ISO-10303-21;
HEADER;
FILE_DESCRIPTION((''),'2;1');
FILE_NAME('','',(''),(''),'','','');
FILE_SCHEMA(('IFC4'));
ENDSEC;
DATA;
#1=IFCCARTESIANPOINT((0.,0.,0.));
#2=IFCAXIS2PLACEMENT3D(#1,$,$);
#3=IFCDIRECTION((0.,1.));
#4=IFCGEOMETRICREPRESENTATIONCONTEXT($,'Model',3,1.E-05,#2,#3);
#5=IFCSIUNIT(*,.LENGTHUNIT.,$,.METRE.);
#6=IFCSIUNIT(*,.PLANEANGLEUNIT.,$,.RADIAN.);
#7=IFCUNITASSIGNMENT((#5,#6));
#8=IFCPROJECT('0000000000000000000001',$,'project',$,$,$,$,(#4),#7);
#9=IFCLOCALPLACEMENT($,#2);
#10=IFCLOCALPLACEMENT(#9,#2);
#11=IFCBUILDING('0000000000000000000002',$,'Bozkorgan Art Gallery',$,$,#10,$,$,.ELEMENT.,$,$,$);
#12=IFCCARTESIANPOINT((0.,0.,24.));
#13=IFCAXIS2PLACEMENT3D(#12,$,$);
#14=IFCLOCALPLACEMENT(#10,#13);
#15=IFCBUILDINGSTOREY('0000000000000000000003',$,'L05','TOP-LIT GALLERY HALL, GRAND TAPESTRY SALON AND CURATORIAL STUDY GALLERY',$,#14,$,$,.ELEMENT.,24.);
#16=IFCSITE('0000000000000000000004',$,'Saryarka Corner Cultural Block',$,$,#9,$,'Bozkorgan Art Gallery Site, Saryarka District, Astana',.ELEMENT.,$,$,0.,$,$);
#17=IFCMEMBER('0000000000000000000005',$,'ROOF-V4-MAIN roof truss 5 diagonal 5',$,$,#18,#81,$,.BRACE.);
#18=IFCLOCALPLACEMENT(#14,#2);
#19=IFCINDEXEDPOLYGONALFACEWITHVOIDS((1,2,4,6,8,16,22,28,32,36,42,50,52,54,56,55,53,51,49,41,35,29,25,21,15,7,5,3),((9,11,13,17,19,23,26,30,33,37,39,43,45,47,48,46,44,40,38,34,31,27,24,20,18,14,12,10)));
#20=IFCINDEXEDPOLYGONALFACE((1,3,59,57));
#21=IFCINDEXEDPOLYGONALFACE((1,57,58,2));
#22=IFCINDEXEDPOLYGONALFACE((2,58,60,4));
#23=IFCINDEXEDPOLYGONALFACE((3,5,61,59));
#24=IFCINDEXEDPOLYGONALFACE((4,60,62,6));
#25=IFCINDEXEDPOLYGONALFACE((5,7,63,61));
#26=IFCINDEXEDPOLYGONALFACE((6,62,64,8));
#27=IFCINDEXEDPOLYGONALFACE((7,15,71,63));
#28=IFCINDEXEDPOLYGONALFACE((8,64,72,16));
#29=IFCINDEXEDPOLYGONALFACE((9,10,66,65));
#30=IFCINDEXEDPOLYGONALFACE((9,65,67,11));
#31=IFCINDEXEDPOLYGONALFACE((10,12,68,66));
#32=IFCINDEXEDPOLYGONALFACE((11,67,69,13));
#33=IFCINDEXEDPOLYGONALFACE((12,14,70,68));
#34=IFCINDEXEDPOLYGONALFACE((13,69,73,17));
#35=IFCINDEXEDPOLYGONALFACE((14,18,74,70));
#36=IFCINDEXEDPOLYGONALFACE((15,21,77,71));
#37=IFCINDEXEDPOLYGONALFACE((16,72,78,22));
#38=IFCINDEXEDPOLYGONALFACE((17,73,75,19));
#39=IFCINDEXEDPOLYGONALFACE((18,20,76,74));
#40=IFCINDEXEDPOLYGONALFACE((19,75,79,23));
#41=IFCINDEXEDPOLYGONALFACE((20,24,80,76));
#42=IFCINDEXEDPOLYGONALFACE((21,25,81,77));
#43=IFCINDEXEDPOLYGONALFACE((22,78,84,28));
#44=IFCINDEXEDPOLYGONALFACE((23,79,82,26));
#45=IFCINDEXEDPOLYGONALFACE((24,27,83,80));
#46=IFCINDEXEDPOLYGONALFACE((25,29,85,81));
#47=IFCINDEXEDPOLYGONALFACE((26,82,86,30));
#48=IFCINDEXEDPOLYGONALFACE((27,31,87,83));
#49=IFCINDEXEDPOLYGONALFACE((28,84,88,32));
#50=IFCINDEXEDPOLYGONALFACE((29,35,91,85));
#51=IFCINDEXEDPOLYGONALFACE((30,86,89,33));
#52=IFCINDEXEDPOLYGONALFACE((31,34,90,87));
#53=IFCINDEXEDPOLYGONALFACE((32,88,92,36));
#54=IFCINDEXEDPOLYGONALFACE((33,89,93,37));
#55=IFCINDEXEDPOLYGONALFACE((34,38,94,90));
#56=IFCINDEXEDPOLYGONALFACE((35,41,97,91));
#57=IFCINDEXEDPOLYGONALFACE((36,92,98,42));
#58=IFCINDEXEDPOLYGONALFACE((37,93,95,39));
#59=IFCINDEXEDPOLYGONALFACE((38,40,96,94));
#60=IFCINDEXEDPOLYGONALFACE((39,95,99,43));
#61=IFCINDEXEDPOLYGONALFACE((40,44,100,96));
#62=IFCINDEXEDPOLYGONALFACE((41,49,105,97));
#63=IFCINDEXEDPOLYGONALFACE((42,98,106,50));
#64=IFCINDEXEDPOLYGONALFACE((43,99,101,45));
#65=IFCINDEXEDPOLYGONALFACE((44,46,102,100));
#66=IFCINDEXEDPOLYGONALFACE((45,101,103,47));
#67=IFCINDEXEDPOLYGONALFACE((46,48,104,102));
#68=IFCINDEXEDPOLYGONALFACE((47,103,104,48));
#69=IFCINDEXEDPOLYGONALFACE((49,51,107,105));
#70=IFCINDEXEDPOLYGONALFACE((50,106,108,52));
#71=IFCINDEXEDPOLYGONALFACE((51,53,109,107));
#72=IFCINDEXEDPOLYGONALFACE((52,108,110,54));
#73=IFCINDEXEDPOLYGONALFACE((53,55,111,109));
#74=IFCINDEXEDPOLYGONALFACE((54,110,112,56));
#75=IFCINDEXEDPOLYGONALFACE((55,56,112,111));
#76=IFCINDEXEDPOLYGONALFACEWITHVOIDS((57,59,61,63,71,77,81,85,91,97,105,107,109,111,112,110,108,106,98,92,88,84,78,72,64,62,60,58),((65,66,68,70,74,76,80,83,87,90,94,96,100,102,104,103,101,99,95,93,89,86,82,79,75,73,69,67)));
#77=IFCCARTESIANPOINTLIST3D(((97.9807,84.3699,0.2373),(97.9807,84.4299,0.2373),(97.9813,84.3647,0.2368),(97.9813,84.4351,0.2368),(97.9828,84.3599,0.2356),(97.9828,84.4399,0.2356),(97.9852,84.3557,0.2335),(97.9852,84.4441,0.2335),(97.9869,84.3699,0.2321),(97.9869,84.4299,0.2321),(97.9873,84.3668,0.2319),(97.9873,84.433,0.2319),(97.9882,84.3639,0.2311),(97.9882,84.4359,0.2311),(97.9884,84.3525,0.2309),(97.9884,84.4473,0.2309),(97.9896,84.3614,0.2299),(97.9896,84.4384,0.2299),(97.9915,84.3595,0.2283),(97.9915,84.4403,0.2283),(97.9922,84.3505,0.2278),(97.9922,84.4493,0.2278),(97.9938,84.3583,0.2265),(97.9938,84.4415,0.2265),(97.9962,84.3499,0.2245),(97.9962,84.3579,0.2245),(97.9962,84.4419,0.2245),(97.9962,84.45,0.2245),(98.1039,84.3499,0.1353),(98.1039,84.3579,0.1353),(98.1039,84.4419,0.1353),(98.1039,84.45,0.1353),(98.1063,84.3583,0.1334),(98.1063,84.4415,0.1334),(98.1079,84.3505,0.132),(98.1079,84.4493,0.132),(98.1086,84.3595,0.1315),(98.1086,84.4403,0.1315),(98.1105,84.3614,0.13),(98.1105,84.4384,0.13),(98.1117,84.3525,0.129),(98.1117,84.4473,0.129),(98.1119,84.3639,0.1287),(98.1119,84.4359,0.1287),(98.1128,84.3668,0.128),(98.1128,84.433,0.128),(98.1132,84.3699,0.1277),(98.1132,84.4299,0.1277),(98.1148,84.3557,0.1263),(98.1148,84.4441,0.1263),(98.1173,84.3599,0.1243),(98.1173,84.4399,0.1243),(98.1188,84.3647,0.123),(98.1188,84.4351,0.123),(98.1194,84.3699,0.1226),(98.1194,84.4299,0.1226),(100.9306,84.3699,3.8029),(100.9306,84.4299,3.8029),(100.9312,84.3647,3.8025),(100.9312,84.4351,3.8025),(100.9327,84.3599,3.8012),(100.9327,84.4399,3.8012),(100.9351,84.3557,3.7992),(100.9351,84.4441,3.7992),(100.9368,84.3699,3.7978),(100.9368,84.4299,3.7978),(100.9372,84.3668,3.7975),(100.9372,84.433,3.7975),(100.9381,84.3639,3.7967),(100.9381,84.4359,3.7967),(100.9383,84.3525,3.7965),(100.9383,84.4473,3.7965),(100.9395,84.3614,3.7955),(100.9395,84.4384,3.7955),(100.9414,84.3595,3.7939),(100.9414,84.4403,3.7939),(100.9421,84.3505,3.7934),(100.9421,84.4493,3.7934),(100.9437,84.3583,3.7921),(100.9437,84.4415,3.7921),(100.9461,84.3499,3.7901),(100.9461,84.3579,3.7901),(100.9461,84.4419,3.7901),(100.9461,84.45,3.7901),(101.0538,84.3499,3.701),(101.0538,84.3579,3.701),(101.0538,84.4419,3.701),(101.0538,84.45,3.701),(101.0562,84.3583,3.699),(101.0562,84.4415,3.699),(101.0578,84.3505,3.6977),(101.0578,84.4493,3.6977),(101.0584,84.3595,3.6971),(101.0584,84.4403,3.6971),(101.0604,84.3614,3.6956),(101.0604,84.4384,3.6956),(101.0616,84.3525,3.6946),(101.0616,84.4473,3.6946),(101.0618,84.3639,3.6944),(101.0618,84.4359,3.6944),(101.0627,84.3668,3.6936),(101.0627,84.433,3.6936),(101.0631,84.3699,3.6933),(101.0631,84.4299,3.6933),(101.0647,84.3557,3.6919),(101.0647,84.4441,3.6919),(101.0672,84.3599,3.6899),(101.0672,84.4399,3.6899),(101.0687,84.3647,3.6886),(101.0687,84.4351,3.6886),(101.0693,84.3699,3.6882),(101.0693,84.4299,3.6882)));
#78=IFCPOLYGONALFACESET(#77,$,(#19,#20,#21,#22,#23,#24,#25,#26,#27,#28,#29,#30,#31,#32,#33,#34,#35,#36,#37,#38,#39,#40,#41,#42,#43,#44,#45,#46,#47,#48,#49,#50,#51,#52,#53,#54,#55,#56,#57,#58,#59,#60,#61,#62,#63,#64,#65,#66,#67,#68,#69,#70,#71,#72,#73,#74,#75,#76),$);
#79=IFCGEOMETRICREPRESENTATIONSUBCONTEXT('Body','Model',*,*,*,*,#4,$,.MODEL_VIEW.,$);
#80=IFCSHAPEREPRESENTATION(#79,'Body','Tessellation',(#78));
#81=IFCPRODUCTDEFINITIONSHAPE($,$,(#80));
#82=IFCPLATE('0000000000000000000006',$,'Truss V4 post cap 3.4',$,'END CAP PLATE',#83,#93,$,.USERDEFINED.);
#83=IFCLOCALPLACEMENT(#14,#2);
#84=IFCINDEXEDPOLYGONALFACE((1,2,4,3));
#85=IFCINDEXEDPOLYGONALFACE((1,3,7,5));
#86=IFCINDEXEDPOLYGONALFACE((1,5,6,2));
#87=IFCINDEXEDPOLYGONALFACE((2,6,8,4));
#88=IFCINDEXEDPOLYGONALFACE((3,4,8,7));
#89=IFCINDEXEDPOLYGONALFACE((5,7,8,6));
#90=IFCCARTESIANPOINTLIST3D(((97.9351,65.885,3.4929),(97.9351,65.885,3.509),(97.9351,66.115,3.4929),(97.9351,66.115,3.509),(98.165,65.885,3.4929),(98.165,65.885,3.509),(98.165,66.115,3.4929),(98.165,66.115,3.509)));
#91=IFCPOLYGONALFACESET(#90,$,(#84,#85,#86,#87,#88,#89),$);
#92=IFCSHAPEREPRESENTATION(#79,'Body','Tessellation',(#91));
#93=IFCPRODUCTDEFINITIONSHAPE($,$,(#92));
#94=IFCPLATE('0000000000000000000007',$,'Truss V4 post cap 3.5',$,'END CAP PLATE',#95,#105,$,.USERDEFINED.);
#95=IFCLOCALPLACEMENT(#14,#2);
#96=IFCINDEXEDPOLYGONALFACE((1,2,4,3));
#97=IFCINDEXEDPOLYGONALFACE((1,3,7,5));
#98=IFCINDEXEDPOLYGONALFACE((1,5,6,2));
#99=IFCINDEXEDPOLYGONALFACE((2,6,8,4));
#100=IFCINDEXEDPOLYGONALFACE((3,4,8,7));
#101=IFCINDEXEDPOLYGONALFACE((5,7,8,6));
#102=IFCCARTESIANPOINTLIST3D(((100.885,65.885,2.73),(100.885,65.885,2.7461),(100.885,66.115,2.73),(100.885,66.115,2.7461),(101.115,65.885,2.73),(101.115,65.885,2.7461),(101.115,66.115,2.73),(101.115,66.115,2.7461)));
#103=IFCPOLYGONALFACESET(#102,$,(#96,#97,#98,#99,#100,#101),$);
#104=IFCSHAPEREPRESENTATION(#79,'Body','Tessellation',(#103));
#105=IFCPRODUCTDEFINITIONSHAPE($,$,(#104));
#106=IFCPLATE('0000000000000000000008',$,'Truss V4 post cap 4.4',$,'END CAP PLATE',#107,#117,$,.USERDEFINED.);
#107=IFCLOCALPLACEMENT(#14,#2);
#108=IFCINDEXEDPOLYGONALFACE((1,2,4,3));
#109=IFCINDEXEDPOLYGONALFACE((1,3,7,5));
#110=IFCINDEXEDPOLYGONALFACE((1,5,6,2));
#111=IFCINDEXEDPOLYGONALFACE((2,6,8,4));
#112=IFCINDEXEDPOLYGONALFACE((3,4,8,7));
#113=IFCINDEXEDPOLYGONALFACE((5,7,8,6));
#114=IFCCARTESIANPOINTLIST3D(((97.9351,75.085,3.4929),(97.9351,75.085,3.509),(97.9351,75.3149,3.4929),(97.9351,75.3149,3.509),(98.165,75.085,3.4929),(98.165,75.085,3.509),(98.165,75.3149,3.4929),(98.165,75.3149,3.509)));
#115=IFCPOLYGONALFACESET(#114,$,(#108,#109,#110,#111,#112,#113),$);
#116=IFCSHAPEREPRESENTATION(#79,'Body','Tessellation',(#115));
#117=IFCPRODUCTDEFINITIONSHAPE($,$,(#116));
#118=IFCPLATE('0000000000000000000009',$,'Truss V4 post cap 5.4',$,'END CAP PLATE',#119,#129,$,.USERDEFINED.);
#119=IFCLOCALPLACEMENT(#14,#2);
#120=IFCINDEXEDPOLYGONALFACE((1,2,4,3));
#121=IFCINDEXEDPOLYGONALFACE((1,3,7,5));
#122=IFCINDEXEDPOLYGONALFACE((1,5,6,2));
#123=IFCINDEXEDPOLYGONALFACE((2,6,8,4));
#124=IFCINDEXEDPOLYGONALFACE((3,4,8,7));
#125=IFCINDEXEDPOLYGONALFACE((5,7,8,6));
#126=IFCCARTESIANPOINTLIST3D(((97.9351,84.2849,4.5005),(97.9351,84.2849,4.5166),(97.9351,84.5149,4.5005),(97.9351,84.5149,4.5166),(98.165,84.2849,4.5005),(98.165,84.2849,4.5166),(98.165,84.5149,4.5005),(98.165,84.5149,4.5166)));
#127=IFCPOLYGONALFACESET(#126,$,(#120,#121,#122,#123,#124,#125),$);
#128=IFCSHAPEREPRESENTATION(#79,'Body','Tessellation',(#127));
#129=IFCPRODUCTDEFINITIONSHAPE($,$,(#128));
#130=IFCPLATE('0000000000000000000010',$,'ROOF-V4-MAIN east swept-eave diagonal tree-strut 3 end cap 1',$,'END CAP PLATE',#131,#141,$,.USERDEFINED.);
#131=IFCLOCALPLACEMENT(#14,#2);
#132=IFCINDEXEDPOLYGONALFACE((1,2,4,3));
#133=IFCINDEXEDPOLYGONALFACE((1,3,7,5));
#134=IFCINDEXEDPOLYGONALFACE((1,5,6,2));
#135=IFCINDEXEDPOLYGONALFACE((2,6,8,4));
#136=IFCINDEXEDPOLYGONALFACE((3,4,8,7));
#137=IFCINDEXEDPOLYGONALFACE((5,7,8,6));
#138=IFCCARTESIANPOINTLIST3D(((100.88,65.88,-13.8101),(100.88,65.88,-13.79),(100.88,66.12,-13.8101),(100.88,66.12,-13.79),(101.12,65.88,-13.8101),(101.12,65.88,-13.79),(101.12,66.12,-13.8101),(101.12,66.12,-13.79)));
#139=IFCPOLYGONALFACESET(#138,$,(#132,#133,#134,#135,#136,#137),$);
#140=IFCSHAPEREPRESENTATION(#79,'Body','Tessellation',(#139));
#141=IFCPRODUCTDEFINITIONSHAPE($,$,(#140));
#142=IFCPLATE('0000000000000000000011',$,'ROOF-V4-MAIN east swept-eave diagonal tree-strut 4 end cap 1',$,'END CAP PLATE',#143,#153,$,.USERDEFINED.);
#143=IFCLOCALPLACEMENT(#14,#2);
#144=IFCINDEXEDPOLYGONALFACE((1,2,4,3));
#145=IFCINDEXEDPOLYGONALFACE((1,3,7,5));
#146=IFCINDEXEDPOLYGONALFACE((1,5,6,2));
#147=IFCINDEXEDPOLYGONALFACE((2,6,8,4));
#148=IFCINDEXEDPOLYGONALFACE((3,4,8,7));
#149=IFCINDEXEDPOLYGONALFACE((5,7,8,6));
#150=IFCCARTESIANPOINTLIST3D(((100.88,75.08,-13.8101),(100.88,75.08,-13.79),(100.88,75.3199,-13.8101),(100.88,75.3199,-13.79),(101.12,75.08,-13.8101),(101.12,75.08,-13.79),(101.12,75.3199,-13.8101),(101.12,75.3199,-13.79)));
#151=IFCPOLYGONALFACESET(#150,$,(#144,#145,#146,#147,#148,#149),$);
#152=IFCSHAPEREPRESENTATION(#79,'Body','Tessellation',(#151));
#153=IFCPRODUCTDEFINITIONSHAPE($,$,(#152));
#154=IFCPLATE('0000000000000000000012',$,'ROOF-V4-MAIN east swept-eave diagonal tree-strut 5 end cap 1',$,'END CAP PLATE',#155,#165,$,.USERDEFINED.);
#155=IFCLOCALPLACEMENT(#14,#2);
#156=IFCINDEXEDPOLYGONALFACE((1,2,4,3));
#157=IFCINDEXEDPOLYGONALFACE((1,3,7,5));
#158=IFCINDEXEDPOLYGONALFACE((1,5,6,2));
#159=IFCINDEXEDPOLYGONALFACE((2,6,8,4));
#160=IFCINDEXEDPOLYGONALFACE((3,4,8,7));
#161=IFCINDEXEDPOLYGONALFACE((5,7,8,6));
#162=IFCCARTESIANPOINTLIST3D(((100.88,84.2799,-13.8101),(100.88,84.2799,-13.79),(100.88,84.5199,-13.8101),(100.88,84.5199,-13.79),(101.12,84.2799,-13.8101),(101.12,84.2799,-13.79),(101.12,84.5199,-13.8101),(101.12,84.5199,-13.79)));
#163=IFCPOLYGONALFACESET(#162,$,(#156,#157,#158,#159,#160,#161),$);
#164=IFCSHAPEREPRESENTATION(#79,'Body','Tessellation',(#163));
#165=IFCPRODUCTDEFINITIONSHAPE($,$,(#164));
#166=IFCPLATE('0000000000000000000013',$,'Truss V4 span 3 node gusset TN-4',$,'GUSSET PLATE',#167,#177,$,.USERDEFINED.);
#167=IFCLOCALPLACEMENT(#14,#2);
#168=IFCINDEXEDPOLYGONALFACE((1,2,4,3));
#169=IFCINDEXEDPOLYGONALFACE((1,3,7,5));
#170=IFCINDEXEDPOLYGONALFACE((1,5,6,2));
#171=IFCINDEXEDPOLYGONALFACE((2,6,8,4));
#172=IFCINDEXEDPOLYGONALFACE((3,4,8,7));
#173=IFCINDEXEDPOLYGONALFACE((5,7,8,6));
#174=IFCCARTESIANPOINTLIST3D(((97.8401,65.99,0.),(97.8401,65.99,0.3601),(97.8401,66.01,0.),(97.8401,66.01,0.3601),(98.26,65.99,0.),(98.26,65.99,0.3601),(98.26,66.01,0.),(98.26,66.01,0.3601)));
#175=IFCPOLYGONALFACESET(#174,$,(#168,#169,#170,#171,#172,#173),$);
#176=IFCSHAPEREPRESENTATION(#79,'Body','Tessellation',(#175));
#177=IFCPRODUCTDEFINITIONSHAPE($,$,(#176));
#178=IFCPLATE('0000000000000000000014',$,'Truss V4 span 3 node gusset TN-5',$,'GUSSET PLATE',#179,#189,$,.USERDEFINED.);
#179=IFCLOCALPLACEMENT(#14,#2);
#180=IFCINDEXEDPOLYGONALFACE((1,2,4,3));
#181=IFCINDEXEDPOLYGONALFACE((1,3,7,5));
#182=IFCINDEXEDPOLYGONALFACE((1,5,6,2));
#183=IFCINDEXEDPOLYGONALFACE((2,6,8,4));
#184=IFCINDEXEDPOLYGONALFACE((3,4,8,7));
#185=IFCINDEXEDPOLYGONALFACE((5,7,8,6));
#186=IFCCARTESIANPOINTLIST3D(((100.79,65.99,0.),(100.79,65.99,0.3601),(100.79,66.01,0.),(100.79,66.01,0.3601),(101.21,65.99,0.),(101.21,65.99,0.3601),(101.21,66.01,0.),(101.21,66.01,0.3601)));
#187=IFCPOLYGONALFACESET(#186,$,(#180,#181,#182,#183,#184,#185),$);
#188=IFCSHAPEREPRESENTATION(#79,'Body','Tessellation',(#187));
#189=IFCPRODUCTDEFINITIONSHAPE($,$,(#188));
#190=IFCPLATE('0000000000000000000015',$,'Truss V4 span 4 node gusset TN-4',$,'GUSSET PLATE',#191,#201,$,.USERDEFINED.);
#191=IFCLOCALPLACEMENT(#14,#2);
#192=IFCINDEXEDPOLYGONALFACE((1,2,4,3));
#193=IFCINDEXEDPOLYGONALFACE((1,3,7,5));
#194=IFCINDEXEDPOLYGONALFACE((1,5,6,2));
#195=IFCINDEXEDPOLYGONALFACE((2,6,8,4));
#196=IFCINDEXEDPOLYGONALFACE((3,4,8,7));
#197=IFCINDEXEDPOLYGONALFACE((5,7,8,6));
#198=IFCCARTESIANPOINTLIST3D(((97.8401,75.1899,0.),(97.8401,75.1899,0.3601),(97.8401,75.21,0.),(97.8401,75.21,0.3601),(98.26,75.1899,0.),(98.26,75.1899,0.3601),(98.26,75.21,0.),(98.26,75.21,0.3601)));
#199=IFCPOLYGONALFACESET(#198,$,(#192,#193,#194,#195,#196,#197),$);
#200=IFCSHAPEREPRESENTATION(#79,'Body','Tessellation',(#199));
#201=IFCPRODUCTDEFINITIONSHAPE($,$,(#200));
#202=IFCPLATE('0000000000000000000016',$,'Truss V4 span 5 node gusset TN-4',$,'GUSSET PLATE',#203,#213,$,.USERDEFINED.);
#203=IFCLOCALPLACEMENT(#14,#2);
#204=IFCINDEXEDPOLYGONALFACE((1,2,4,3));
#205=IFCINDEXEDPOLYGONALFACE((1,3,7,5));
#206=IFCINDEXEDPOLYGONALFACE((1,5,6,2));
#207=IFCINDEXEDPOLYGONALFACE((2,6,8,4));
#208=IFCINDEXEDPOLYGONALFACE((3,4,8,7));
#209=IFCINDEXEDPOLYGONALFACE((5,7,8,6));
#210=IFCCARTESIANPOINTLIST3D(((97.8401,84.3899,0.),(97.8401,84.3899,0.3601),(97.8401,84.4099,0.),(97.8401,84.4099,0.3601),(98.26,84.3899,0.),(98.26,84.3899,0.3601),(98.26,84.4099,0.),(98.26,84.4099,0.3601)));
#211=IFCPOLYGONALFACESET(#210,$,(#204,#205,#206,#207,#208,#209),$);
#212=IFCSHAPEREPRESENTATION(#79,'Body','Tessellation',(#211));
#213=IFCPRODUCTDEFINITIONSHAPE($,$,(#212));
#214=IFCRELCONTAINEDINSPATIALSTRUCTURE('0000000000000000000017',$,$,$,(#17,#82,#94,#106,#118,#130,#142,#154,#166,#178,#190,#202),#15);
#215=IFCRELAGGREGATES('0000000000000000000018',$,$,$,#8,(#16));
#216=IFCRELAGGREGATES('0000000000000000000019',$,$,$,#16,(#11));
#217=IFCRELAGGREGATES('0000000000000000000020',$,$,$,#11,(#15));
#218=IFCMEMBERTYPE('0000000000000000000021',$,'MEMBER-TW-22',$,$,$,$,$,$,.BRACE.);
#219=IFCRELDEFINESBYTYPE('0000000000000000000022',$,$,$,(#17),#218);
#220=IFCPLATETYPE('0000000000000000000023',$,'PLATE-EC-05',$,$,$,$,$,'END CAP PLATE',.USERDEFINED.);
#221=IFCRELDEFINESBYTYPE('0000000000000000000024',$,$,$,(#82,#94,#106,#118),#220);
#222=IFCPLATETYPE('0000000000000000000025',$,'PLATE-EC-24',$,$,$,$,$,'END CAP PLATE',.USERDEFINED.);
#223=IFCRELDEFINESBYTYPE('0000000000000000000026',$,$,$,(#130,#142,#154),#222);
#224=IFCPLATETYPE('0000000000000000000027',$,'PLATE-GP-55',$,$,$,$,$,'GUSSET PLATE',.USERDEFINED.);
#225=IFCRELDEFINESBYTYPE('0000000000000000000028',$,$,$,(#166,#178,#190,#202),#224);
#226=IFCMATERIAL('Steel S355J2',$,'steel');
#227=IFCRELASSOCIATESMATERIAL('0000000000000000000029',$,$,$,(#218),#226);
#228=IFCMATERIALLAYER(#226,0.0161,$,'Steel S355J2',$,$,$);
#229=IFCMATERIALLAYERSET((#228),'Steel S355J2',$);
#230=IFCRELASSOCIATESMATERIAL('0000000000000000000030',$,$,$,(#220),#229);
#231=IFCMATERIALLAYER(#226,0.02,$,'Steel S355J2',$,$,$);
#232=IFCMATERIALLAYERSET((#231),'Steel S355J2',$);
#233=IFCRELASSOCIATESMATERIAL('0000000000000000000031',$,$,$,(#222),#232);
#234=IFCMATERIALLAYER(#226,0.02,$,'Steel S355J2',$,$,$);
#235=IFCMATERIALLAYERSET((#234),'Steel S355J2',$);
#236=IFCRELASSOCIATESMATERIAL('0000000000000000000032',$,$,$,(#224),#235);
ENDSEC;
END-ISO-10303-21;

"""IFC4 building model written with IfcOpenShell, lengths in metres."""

from ifc_helpers import new_model, si_unit, direction, frame, origin, origin_2d, place, context, subcontext, project, spatial, rectangle, hollow_rectangle, extrude, material, layer, layer_set, material_profile, profile_set, type_object, element, save


model = new_model("IFC4")

# Units and contexts
model_context = context("Model", 3, precision=1e-05, world=origin(), true_north=direction((0.0, 1.0)))
body_context = subcontext(model_context, "Body", "Model", "MODEL_VIEW")
ifc_project = project(units=[si_unit("LENGTHUNIT", "METRE"), si_unit("PLANEANGLEUNIT", "RADIAN")], contexts=[model_context])

# Site, building, storey
site_placement = place(None, origin())
site = spatial("IfcSite", under=ifc_project, at=site_placement, Name="Saryarka Corner Cultural Block", LongName="Bozkorgan Art Gallery Site, Saryarka District, Astana", CompositionType="ELEMENT", RefElevation=0.0)
building_placement = place(site_placement, origin())
building = spatial("IfcBuilding", under=site, at=building_placement, Name="Bozkorgan Art Gallery", CompositionType="ELEMENT")
storey_placement = place(building_placement, frame((0.0, 0.0, 24.0)))
storey = spatial("IfcBuildingStorey", under=building, at=storey_placement, Name="L05", Description="TOP-LIT GALLERY HALL, GRAND TAPESTRY SALON AND CURATORIAL STUDY GALLERY", CompositionType="ELEMENT", Elevation=24.0)

# Member
ifc_material = material(Name="Steel S355J2", Category="steel")
ifc_material_profile_1 = material_profile(ifc_material, hollow_rectangle(XDim=0.1001, YDim=0.1799, WallThickness=0.0081, InnerFilletRadius=0.012, OuterFilletRadius=0.02, at=origin_2d()), Name="RHS 180x100x8")
ifc_profile_set_1 = profile_set([ifc_material_profile_1], Name="Steel S355J2")
member_type_1 = type_object("IfcMemberType", Name="MEMBER-TW-22", PredefinedType="BRACE", material=ifc_profile_set_1)
member_1_placement = place(storey_placement, frame((98.05, 84.3999, 0.1799), z_axis=(0.637446, 0.0, 0.770495), x_axis=(0.0, 1.0, 0.0)))
element("IfcMember", 1, at=member_1_placement, inside=storey, type_object=member_type_1, Name="ROOF-V4-MAIN roof truss 5 diagonal 5", PredefinedType="BRACE", context=body_context, shape_type="SweptSolid", body=[
    extrude(hollow_rectangle(XDim=0.1001, YDim=0.1799, WallThickness=0.0081, InnerFilletRadius=0.012, OuterFilletRadius=0.02, at=origin_2d()), origin(), (0.0, 0.0, 1.0), 4.6277),
])

# Plates
ifc_layer_1 = layer(ifc_material, 0.0161, Name="Steel S355J2")
ifc_layer_set_1 = layer_set([ifc_layer_1], Name="Steel S355J2")
plate_type_1 = type_object("IfcPlateType", Name="PLATE-EC-05", ElementType="END CAP PLATE", PredefinedType="USERDEFINED", material=ifc_layer_set_1)
for number, where, z_axis, x_axis, name in (
    (2, (98.05, 66.0, 3.4929), (0.0, 0.0, 1.0), (1.0, 0.0, 0.0), "Truss V4 post cap 3.4"),
    (3, (101.0, 66.0, 2.73), (0.0, 0.0, 1.0), (1.0, 0.0, 0.0), "Truss V4 post cap 3.5"),
    (4, (98.05, 75.2, 3.4929), (0.0, 0.0, 1.0), (1.0, 0.0, 0.0), "Truss V4 post cap 4.4"),
    (5, (98.05, 84.3999, 4.5005), (0.0, 0.0, 1.0), (1.0, 0.0, 0.0), "Truss V4 post cap 5.4"),
):
    element("IfcPlate", number, at=place(storey_placement, frame(where, z_axis=z_axis, x_axis=x_axis)), inside=storey, type_object=plate_type_1, Name=name, ObjectType="END CAP PLATE", PredefinedType="USERDEFINED", context=body_context, shape_type="SweptSolid", body=[
        extrude(rectangle(XDim=0.23, YDim=0.23, at=origin_2d()), origin(), (0.0, 0.0, 1.0), 0.0161),
    ])
ifc_layer_2 = layer(ifc_material, 0.02, Name="Steel S355J2")
ifc_layer_set_2 = layer_set([ifc_layer_2], Name="Steel S355J2")
plate_type_2 = type_object("IfcPlateType", Name="PLATE-EC-24", ElementType="END CAP PLATE", PredefinedType="USERDEFINED", material=ifc_layer_set_2)
for number, where, z_axis, x_axis, name in (
    (6, (101.0, 66.0, -13.8101), (0.0, 0.0, 1.0), (1.0, 0.0, 0.0), "ROOF-V4-MAIN east swept-eave diagonal tree-strut 3 end cap 1"),
    (7, (101.0, 75.2, -13.8101), (0.0, 0.0, 1.0), (1.0, 0.0, 0.0), "ROOF-V4-MAIN east swept-eave diagonal tree-strut 4 end cap 1"),
    (8, (101.0, 84.3999, -13.8101), (0.0, 0.0, 1.0), (1.0, 0.0, 0.0), "ROOF-V4-MAIN east swept-eave diagonal tree-strut 5 end cap 1"),
):
    element("IfcPlate", number, at=place(storey_placement, frame(where, z_axis=z_axis, x_axis=x_axis)), inside=storey, type_object=plate_type_2, Name=name, ObjectType="END CAP PLATE", PredefinedType="USERDEFINED", context=body_context, shape_type="SweptSolid", body=[
        extrude(rectangle(XDim=0.24, YDim=0.24, at=origin_2d()), origin(), (0.0, 0.0, 1.0), 0.02),
    ])
ifc_layer_3 = layer(ifc_material, 0.02, Name="Steel S355J2")
ifc_layer_set_3 = layer_set([ifc_layer_3], Name="Steel S355J2")
plate_type_3 = type_object("IfcPlateType", Name="PLATE-GP-55", ElementType="GUSSET PLATE", PredefinedType="USERDEFINED", material=ifc_layer_set_3)
for number, where, z_axis, x_axis, name in (
    (9, (98.05, 66.0, 0.0), (0.0, 0.0, 1.0), (1.0, 0.0, 0.0), "Truss V4 span 3 node gusset TN-4"),
    (10, (101.0, 66.0, 0.0), (0.0, 0.0, 1.0), (1.0, 0.0, 0.0), "Truss V4 span 3 node gusset TN-5"),
    (11, (98.05, 75.2, 0.0), (0.0, 0.0, 1.0), (1.0, 0.0, 0.0), "Truss V4 span 4 node gusset TN-4"),
    (12, (98.05, 84.3999, 0.0), (0.0, 0.0, 1.0), (1.0, 0.0, 0.0), "Truss V4 span 5 node gusset TN-4"),
):
    element("IfcPlate", number, at=place(storey_placement, frame(where, z_axis=z_axis, x_axis=x_axis)), inside=storey, type_object=plate_type_3, Name=name, ObjectType="GUSSET PLATE", PredefinedType="USERDEFINED", context=body_context, shape_type="SweptSolid", body=[
        extrude(rectangle(XDim=0.4199, YDim=0.02, at=origin_2d()), origin(), (0.0, 0.0, 1.0), 0.3601),
    ])

save(model, "model.ifc")
